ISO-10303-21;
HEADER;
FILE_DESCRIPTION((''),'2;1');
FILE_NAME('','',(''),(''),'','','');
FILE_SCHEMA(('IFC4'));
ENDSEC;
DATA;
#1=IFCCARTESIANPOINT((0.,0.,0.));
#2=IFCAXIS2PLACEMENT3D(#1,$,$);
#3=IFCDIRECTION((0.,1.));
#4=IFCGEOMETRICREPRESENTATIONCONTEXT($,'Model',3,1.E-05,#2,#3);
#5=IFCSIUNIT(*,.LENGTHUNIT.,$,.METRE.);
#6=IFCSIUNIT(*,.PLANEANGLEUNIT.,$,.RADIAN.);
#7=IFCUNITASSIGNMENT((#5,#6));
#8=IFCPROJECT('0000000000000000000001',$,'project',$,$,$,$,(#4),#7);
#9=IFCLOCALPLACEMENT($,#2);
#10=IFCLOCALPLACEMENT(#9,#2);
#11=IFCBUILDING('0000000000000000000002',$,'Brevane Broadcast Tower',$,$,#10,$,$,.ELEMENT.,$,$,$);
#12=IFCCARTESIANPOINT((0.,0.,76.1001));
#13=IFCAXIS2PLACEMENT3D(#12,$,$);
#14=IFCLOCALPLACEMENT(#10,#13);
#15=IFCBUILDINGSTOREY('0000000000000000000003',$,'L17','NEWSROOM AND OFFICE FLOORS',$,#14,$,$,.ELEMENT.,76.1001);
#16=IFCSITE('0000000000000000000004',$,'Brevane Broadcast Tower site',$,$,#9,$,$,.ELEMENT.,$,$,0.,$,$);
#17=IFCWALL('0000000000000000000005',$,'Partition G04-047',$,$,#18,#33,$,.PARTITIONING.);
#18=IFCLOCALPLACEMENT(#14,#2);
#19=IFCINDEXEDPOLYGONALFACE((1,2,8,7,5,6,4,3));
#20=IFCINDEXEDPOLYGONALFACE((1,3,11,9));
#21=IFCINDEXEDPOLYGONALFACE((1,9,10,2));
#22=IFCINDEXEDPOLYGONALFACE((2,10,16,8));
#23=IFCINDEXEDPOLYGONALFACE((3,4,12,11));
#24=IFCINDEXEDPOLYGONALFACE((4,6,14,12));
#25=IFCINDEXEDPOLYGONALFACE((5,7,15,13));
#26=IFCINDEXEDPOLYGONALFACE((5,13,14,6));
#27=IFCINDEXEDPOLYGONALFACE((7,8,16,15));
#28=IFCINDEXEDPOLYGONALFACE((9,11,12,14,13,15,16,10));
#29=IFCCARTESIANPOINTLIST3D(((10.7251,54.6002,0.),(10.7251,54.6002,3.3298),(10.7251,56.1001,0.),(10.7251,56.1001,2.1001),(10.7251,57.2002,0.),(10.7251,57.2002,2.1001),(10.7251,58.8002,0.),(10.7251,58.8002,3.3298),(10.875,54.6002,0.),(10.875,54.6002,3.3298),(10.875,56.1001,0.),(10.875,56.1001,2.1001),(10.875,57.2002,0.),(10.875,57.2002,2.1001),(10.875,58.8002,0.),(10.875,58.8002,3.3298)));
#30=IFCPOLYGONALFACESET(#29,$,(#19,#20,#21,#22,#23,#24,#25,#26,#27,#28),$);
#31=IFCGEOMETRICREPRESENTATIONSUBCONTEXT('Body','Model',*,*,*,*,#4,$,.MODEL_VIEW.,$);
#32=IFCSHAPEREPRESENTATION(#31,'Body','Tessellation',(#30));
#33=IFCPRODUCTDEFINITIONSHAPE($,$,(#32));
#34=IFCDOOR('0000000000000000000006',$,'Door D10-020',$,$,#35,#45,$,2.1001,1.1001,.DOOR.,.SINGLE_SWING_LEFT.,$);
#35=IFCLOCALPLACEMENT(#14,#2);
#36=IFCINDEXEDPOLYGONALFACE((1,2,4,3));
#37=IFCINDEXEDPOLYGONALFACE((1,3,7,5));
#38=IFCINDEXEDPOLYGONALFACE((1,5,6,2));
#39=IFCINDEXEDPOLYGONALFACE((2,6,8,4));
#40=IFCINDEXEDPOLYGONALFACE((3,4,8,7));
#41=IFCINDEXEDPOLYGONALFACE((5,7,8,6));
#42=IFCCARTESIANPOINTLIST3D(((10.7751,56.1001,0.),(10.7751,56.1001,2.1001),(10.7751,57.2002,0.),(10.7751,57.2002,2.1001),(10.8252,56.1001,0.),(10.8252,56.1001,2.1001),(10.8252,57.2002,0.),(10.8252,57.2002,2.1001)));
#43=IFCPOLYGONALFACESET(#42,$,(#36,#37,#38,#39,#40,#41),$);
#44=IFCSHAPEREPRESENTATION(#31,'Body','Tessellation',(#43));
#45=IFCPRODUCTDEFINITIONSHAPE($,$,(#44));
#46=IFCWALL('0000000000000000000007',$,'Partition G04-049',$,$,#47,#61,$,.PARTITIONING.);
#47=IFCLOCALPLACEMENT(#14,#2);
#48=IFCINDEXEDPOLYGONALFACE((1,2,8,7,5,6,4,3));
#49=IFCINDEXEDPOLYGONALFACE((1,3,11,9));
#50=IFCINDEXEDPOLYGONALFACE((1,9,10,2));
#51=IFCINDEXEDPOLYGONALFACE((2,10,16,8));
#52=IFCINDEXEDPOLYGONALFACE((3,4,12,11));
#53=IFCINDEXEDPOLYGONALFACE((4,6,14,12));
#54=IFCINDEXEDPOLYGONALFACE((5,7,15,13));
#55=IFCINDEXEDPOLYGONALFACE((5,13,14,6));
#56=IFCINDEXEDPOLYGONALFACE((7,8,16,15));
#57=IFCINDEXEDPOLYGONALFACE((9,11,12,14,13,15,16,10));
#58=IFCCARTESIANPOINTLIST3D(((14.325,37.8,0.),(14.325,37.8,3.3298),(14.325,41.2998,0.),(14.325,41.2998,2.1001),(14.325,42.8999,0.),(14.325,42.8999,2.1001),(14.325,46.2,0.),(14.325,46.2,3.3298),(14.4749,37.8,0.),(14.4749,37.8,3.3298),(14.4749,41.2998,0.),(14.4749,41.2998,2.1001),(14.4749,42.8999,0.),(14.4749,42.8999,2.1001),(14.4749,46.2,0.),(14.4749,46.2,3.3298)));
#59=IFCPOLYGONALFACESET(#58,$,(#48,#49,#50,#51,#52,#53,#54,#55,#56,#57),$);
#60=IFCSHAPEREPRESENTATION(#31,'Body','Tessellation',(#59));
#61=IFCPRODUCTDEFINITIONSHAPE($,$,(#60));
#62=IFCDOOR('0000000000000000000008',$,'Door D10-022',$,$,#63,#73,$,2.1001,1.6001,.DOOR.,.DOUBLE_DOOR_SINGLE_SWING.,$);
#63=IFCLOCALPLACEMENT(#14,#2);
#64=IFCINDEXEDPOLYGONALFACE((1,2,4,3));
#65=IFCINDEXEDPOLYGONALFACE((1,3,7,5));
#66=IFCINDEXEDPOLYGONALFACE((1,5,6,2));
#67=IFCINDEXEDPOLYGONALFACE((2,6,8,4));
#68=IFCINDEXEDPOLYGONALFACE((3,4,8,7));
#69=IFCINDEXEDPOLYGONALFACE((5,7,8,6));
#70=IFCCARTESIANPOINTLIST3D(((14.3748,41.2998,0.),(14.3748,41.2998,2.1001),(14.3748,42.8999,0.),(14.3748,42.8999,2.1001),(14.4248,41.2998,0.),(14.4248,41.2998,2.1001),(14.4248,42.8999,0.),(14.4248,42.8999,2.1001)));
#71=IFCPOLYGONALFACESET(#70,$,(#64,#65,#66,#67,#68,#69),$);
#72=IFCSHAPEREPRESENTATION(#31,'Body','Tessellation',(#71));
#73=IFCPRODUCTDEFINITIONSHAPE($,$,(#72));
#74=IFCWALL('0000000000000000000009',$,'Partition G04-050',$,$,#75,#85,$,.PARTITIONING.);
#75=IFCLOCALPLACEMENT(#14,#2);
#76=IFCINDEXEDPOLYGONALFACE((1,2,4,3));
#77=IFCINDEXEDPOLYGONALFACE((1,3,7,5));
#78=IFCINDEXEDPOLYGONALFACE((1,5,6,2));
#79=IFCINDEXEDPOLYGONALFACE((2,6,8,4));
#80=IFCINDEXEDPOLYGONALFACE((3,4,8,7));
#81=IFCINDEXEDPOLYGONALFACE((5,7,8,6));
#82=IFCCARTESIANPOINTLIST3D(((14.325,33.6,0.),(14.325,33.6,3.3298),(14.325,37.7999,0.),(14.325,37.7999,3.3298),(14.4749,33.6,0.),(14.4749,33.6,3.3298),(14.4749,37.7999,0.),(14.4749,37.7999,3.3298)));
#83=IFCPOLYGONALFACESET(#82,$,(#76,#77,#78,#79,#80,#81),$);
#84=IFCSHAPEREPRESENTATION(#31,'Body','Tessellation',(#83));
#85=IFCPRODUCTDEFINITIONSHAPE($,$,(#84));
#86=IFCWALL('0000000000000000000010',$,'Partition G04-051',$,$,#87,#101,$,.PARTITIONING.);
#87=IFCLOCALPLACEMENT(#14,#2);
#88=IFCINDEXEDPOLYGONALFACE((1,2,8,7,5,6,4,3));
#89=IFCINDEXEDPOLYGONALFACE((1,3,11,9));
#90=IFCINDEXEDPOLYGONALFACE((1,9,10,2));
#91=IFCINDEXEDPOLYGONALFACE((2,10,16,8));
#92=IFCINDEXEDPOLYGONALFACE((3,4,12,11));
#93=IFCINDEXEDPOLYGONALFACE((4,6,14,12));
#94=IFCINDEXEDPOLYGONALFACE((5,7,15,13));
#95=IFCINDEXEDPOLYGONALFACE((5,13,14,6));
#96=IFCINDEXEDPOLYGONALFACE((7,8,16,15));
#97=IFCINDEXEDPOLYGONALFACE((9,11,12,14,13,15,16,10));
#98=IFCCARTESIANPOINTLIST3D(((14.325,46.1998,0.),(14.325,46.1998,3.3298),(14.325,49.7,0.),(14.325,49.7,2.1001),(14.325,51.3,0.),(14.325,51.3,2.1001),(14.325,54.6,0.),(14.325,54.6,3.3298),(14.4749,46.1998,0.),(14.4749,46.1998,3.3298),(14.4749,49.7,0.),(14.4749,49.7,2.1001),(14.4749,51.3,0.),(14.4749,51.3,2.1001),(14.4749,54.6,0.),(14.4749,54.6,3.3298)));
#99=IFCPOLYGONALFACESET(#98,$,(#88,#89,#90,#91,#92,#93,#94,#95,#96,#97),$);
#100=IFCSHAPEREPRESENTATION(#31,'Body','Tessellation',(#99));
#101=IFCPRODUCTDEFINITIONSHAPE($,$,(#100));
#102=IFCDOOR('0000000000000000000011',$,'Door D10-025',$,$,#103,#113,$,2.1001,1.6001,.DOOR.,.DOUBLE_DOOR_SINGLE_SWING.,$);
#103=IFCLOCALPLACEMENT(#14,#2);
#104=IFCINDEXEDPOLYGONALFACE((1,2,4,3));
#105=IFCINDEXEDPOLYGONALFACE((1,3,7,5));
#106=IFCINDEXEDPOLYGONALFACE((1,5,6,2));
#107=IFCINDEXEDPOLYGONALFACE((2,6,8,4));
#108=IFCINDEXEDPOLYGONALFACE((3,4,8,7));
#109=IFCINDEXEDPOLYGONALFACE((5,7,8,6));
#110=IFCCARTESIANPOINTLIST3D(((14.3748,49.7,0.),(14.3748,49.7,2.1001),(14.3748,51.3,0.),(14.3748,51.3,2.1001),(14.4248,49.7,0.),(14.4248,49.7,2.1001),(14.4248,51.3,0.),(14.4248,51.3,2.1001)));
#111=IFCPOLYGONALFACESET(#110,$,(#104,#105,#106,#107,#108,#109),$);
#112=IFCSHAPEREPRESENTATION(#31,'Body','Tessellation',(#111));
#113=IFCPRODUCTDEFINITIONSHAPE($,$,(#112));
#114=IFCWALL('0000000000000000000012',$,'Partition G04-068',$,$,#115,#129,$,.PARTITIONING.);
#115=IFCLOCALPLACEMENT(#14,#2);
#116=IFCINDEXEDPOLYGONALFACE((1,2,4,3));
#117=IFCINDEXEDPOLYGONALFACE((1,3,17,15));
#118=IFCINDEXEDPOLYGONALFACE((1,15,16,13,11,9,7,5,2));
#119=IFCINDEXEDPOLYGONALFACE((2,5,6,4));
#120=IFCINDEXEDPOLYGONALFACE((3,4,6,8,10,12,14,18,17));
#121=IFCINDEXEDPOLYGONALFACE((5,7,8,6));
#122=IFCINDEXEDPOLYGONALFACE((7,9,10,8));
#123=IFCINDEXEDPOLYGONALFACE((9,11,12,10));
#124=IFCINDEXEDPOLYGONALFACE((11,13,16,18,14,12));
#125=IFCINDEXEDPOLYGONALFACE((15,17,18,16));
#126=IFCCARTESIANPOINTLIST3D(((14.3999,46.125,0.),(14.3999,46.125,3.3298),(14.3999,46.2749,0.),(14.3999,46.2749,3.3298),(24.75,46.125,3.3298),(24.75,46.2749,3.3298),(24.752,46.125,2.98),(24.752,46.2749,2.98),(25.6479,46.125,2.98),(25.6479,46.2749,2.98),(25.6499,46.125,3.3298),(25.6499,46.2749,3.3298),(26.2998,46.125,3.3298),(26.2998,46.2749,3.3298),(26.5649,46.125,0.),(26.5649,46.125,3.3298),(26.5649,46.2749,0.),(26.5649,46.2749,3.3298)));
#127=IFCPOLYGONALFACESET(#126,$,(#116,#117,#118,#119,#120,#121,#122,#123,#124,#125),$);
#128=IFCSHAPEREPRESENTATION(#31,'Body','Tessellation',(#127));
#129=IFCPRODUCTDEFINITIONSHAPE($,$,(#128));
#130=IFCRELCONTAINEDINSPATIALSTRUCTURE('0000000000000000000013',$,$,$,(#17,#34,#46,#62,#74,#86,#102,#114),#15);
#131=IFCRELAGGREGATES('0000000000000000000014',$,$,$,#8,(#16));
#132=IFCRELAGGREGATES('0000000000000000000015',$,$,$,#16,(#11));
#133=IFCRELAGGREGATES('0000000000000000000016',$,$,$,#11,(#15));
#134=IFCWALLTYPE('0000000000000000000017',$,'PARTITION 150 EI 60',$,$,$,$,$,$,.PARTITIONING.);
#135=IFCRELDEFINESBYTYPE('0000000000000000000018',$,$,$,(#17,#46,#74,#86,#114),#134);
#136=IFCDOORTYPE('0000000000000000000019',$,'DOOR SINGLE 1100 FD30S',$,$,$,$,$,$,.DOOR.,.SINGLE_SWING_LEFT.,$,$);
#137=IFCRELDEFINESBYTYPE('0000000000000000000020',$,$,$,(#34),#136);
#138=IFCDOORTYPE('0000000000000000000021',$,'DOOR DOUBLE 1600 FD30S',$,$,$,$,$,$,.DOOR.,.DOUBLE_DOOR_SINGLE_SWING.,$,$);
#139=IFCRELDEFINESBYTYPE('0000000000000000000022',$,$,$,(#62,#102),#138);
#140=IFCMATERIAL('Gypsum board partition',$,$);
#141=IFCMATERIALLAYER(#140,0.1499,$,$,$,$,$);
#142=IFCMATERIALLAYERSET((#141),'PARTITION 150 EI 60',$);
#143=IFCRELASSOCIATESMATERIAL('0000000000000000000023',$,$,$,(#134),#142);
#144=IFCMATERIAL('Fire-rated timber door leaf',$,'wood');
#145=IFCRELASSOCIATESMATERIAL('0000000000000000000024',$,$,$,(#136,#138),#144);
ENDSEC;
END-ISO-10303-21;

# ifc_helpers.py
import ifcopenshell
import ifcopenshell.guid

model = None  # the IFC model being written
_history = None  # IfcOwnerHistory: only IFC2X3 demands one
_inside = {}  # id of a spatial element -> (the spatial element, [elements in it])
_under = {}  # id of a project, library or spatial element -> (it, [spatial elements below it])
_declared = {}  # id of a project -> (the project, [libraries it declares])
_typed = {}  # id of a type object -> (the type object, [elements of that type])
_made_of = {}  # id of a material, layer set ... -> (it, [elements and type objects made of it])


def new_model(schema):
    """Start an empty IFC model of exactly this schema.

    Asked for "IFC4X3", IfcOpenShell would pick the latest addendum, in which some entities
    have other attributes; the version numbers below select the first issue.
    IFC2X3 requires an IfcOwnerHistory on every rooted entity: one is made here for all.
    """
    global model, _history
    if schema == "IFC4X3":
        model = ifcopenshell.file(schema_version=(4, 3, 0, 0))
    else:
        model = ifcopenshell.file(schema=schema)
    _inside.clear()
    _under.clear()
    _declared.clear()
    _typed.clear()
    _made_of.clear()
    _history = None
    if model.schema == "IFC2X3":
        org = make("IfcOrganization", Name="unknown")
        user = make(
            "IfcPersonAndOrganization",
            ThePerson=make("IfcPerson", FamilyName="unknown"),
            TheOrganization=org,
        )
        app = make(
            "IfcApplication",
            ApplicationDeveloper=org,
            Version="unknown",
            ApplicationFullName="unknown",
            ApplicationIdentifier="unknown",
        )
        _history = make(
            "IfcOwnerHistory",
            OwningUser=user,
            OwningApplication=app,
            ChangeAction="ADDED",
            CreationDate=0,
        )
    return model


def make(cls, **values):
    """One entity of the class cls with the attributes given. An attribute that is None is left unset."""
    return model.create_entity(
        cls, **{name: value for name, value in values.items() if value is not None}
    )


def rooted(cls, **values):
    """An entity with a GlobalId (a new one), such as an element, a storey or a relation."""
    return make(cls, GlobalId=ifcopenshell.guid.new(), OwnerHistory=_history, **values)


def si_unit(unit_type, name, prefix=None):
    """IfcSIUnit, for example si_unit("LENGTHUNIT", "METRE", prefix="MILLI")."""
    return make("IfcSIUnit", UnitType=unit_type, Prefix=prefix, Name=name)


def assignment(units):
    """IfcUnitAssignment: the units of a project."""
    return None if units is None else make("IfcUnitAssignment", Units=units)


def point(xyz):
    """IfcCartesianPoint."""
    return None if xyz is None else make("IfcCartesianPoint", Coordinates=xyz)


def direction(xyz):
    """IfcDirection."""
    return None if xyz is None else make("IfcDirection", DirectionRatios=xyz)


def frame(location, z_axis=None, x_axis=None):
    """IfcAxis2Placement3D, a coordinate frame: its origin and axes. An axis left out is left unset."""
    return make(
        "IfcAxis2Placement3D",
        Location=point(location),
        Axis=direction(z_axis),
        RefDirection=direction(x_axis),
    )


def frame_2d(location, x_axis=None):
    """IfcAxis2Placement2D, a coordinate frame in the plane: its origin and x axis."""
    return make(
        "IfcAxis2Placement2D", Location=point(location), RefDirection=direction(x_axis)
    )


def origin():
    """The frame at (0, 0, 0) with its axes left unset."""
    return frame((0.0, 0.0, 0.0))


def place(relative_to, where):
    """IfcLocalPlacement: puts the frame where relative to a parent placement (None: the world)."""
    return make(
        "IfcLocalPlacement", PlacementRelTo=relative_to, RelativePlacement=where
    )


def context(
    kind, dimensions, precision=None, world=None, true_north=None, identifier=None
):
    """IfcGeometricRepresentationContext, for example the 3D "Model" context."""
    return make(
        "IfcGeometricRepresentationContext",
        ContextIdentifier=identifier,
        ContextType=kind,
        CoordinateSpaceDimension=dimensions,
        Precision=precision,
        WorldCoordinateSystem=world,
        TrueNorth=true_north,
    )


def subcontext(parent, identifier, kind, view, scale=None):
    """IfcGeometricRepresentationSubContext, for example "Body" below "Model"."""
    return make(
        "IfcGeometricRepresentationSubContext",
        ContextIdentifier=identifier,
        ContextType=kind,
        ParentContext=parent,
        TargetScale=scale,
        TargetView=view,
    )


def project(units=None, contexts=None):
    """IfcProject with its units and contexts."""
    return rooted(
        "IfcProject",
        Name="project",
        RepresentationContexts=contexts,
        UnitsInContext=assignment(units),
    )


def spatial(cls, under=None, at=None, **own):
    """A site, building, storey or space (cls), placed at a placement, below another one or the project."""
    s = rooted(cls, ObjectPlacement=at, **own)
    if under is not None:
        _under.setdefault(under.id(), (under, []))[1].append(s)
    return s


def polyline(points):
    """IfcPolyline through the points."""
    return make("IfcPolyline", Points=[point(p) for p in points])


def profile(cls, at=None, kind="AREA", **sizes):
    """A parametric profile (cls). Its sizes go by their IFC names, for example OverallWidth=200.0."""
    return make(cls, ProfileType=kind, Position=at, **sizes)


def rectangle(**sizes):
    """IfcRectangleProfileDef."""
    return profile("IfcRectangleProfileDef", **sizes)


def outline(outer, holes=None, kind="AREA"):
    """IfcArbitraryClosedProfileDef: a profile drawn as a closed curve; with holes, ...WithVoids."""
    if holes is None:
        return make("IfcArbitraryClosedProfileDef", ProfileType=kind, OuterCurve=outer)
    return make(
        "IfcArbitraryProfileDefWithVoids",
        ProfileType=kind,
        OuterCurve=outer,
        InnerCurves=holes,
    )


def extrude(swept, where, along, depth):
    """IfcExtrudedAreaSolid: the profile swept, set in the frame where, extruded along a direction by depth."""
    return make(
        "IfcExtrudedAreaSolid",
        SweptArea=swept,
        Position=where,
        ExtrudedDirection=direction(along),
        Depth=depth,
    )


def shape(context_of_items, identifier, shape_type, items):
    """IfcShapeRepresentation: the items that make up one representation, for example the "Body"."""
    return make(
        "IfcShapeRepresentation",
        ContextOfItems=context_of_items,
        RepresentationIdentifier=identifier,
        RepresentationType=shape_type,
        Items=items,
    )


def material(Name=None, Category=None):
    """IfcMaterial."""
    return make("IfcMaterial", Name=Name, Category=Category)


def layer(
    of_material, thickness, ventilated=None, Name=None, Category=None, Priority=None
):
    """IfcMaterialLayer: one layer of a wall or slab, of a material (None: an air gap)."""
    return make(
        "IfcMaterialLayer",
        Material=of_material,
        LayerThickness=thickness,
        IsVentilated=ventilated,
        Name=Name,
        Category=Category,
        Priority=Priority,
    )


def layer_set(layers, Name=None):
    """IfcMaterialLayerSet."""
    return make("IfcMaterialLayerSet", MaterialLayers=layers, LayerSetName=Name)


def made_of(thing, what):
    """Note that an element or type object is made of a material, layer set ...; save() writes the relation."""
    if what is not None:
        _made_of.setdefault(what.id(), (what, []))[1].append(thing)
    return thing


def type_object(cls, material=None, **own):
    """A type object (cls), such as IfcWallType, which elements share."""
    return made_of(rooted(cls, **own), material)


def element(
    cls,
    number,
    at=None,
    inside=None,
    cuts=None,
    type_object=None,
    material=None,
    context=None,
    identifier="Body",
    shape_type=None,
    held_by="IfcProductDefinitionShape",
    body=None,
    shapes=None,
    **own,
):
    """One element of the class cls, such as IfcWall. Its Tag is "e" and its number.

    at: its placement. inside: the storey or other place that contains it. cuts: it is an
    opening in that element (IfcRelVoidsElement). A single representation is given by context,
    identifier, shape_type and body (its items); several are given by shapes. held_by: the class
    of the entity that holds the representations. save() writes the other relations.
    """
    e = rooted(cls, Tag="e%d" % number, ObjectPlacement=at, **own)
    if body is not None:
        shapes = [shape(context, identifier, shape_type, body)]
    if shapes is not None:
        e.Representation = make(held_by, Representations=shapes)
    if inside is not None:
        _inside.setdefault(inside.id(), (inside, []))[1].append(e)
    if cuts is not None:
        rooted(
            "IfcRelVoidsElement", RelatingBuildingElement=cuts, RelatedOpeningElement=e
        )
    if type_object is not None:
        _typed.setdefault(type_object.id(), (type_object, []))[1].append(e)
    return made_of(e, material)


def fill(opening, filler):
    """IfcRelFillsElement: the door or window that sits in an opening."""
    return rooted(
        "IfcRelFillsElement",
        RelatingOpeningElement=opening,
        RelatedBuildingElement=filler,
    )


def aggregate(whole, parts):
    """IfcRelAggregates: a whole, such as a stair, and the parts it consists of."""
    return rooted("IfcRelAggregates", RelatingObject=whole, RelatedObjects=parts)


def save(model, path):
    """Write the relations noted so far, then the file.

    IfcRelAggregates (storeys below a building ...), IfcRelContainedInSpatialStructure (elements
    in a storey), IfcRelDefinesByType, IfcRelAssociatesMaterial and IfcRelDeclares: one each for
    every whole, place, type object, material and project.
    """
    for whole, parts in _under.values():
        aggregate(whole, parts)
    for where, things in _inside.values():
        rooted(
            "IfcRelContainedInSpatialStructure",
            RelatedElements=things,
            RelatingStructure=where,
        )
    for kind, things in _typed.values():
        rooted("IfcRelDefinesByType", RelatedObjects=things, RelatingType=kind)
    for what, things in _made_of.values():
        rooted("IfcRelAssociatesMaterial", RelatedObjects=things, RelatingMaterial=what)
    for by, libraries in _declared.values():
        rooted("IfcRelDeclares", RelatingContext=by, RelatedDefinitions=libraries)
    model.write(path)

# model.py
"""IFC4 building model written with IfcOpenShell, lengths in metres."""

from ifc_helpers import new_model, si_unit, direction, frame, frame_2d, origin, place, context, subcontext, project, spatial, polyline, rectangle, outline, extrude, material, layer, layer_set, type_object, element, fill, save


model = new_model("IFC4")

# Units and contexts
model_context = context("Model", 3, precision=1e-05, world=origin(), true_north=direction((0.0, 1.0)))
body_context = subcontext(model_context, "Body", "Model", "MODEL_VIEW")
ifc_project = project(units=[si_unit("LENGTHUNIT", "METRE"), si_unit("PLANEANGLEUNIT", "RADIAN")], contexts=[model_context])

# Site, building, storey
site_placement = place(None, origin())
site = spatial("IfcSite", under=ifc_project, at=site_placement, Name="Brevane Broadcast Tower site", CompositionType="ELEMENT", RefElevation=0.0)
building_placement = place(site_placement, origin())
building = spatial("IfcBuilding", under=site, at=building_placement, Name="Brevane Broadcast Tower", CompositionType="ELEMENT")
storey_placement = place(building_placement, frame((0.0, 0.0, 76.1001)))
storey = spatial("IfcBuildingStorey", under=building, at=storey_placement, Name="L17", Description="NEWSROOM AND OFFICE FLOORS", CompositionType="ELEMENT", Elevation=76.1001)

# Shared definitions
ifc_material_1 = material(Name="Gypsum board partition")

# Walls, openings, doors
ifc_layer_1 = layer(ifc_material_1, 0.1499)
ifc_layer_set_1 = layer_set([ifc_layer_1], Name="PARTITION 150 EI 60")
wall_type_1 = type_object("IfcWallType", Name="PARTITION 150 EI 60", PredefinedType="PARTITIONING", material=ifc_layer_set_1)
ifc_material_2 = material(Name="Fire-rated timber door leaf", Category="wood")
door_type_1 = type_object("IfcDoorType", Name="DOOR SINGLE 1100 FD30S", OperationType="SINGLE_SWING_LEFT", PredefinedType="DOOR", material=ifc_material_2)
wall_1_placement = place(storey_placement, frame((10.8, 54.6001, 0.0), z_axis=(0.0, 0.0, 1.0), x_axis=(0.0, 1.0, 0.0)))
wall_1 = element("IfcWall", 1, at=wall_1_placement, inside=storey, type_object=wall_type_1, Name="Partition G04-047", PredefinedType="PARTITIONING", context=body_context, shape_type="SweptSolid", body=[
    extrude(rectangle(XDim=4.2, YDim=0.1499, at=frame_2d((2.1001, 0.0))), origin(), (0.0, 0.0, 1.0), 3.3298),
])
opening_1_placement = place(wall_1_placement, frame((1.5, 0.0, 0.0)))
opening_1 = element("IfcOpeningElement", 2, at=opening_1_placement, cuts=wall_1, PredefinedType="OPENING", context=body_context, shape_type="SweptSolid", body=[
    extrude(rectangle(XDim=1.1001, YDim=2.1001, at=frame_2d((0.55, 1.05))), frame((0.0, 0.085, 0.0), z_axis=(0.0, -1.0, 0.0), x_axis=(1.0, 0.0, 0.0)), (0.0, 0.0, 1.0), 0.1699),
])
door_1_placement = place(opening_1_placement, origin())
door_1 = element("IfcDoor", 3, at=door_1_placement, inside=storey, type_object=door_type_1, Name="Door D10-020", OperationType="SINGLE_SWING_LEFT", OverallHeight=2.1001, OverallWidth=1.1001, PredefinedType="DOOR", context=body_context, shape_type="SweptSolid", body=[
    extrude(rectangle(XDim=1.1001, YDim=2.1001, at=frame_2d((0.55, 1.05))), frame((0.0, 0.0249, 0.0), z_axis=(0.0, -1.0, 0.0), x_axis=(1.0, 0.0, 0.0)), (0.0, 0.0, 1.0), 0.05),
])
fill(opening_1, door_1)
wall_2_placement = place(storey_placement, frame((14.3999, 46.2, 0.0), z_axis=(0.0, 0.0, 1.0), x_axis=(0.0, -1.0, 0.0)))
wall_2 = element("IfcWall", 4, at=wall_2_placement, inside=storey, type_object=wall_type_1, Name="Partition G04-049", PredefinedType="PARTITIONING", context=body_context, shape_type="SweptSolid", body=[
    extrude(rectangle(XDim=8.3999, YDim=0.1499, at=frame_2d((4.2, 0.0))), origin(), (0.0, 0.0, 1.0), 3.3298),
])
opening_2_placement = place(wall_2_placement, frame((3.3, 0.0, 0.0)))
opening_2 = element("IfcOpeningElement", 5, at=opening_2_placement, cuts=wall_2, PredefinedType="OPENING", context=body_context, shape_type="SweptSolid", body=[
    extrude(rectangle(XDim=1.6001, YDim=2.1001, at=frame_2d((0.8, 1.05))), frame((0.0, 0.085, 0.0), z_axis=(0.0, -1.0, 0.0), x_axis=(1.0, 0.0, 0.0)), (0.0, 0.0, 1.0), 0.1699),
])
door_type_2 = type_object("IfcDoorType", Name="DOOR DOUBLE 1600 FD30S", OperationType="DOUBLE_DOOR_SINGLE_SWING", PredefinedType="DOOR", material=ifc_material_2)
door_2_placement = place(opening_2_placement, origin())
door_2 = element("IfcDoor", 6, at=door_2_placement, inside=storey, type_object=door_type_2, Name="Door D10-022", OperationType="DOUBLE_DOOR_SINGLE_SWING", OverallHeight=2.1001, OverallWidth=1.6001, PredefinedType="DOOR", context=body_context, shape_type="SweptSolid", body=[
    extrude(rectangle(XDim=1.6001, YDim=2.1001, at=frame_2d((0.8, 1.05))), frame((0.0, 0.0249, 0.0), z_axis=(0.0, -1.0, 0.0), x_axis=(1.0, 0.0, 0.0)), (0.0, 0.0, 1.0), 0.05),
])
fill(opening_2, door_2)

# Wall
wall_3_placement = place(storey_placement, frame((14.3999, 37.8, 0.0), z_axis=(0.0, 0.0, 1.0), x_axis=(0.0, -1.0, 0.0)))
element("IfcWall", 7, at=wall_3_placement, inside=storey, type_object=wall_type_1, Name="Partition G04-050", PredefinedType="PARTITIONING", context=body_context, shape_type="SweptSolid", body=[
    extrude(rectangle(XDim=4.2, YDim=0.1499, at=frame_2d((2.1001, 0.0))), origin(), (0.0, 0.0, 1.0), 3.3298),
])

# Wall, opening, door
wall_4_placement = place(storey_placement, frame((14.3999, 54.6001, 0.0), z_axis=(0.0, 0.0, 1.0), x_axis=(0.0, -1.0, 0.0)))
wall_4 = element("IfcWall", 8, at=wall_4_placement, inside=storey, type_object=wall_type_1, Name="Partition G04-051", PredefinedType="PARTITIONING", context=body_context, shape_type="SweptSolid", body=[
    extrude(rectangle(XDim=8.4001, YDim=0.1499, at=frame_2d((4.2002, 0.0))), origin(), (0.0, 0.0, 1.0), 3.3298),
])
opening_3_placement = place(wall_4_placement, frame((3.3, 0.0, 0.0)))
opening_3 = element("IfcOpeningElement", 9, at=opening_3_placement, cuts=wall_4, PredefinedType="OPENING", context=body_context, shape_type="SweptSolid", body=[
    extrude(rectangle(XDim=1.6001, YDim=2.1001, at=frame_2d((0.8, 1.05))), frame((0.0, 0.085, 0.0), z_axis=(0.0, -1.0, 0.0), x_axis=(1.0, 0.0, 0.0)), (0.0, 0.0, 1.0), 0.1699),
])
door_3_placement = place(opening_3_placement, origin())
door_3 = element("IfcDoor", 10, at=door_3_placement, inside=storey, type_object=door_type_2, Name="Door D10-025", OperationType="DOUBLE_DOOR_SINGLE_SWING", OverallHeight=2.1001, OverallWidth=1.6001, PredefinedType="DOOR", context=body_context, shape_type="SweptSolid", body=[
    extrude(rectangle(XDim=1.6001, YDim=2.1001, at=frame_2d((0.8, 1.05))), frame((0.0, 0.0249, 0.0), z_axis=(0.0, -1.0, 0.0), x_axis=(1.0, 0.0, 0.0)), (0.0, 0.0, 1.0), 0.05),
])
fill(opening_3, door_3)

# Wall
wall_5_placement = place(storey_placement, frame((14.3999, 46.2, 0.0), z_axis=(0.0, 0.0, 1.0), x_axis=(1.0, 0.0, 0.0)))
element("IfcWall", 11, at=wall_5_placement, inside=storey, type_object=wall_type_1, Name="Partition G04-068", PredefinedType="PARTITIONING", context=body_context, shape_type="SweptSolid", body=[
    extrude(outline(polyline([(0.0, 0.0), (12.165, 0.0), (12.165, 3.3298), (11.8999, 3.3298), (11.25, 3.3298), (11.248, 2.98), (10.3521, 2.98), (10.3501, 3.3298), (0.0, 3.3298), (0.0, 0.0)])), frame((0.0, 0.075, 0.0), z_axis=(0.0, -1.0, 0.0), x_axis=(1.0, 0.0, 0.0)), (0.0, 0.0, 1.0), 0.1499),
])

save(model, "model.ifc")
